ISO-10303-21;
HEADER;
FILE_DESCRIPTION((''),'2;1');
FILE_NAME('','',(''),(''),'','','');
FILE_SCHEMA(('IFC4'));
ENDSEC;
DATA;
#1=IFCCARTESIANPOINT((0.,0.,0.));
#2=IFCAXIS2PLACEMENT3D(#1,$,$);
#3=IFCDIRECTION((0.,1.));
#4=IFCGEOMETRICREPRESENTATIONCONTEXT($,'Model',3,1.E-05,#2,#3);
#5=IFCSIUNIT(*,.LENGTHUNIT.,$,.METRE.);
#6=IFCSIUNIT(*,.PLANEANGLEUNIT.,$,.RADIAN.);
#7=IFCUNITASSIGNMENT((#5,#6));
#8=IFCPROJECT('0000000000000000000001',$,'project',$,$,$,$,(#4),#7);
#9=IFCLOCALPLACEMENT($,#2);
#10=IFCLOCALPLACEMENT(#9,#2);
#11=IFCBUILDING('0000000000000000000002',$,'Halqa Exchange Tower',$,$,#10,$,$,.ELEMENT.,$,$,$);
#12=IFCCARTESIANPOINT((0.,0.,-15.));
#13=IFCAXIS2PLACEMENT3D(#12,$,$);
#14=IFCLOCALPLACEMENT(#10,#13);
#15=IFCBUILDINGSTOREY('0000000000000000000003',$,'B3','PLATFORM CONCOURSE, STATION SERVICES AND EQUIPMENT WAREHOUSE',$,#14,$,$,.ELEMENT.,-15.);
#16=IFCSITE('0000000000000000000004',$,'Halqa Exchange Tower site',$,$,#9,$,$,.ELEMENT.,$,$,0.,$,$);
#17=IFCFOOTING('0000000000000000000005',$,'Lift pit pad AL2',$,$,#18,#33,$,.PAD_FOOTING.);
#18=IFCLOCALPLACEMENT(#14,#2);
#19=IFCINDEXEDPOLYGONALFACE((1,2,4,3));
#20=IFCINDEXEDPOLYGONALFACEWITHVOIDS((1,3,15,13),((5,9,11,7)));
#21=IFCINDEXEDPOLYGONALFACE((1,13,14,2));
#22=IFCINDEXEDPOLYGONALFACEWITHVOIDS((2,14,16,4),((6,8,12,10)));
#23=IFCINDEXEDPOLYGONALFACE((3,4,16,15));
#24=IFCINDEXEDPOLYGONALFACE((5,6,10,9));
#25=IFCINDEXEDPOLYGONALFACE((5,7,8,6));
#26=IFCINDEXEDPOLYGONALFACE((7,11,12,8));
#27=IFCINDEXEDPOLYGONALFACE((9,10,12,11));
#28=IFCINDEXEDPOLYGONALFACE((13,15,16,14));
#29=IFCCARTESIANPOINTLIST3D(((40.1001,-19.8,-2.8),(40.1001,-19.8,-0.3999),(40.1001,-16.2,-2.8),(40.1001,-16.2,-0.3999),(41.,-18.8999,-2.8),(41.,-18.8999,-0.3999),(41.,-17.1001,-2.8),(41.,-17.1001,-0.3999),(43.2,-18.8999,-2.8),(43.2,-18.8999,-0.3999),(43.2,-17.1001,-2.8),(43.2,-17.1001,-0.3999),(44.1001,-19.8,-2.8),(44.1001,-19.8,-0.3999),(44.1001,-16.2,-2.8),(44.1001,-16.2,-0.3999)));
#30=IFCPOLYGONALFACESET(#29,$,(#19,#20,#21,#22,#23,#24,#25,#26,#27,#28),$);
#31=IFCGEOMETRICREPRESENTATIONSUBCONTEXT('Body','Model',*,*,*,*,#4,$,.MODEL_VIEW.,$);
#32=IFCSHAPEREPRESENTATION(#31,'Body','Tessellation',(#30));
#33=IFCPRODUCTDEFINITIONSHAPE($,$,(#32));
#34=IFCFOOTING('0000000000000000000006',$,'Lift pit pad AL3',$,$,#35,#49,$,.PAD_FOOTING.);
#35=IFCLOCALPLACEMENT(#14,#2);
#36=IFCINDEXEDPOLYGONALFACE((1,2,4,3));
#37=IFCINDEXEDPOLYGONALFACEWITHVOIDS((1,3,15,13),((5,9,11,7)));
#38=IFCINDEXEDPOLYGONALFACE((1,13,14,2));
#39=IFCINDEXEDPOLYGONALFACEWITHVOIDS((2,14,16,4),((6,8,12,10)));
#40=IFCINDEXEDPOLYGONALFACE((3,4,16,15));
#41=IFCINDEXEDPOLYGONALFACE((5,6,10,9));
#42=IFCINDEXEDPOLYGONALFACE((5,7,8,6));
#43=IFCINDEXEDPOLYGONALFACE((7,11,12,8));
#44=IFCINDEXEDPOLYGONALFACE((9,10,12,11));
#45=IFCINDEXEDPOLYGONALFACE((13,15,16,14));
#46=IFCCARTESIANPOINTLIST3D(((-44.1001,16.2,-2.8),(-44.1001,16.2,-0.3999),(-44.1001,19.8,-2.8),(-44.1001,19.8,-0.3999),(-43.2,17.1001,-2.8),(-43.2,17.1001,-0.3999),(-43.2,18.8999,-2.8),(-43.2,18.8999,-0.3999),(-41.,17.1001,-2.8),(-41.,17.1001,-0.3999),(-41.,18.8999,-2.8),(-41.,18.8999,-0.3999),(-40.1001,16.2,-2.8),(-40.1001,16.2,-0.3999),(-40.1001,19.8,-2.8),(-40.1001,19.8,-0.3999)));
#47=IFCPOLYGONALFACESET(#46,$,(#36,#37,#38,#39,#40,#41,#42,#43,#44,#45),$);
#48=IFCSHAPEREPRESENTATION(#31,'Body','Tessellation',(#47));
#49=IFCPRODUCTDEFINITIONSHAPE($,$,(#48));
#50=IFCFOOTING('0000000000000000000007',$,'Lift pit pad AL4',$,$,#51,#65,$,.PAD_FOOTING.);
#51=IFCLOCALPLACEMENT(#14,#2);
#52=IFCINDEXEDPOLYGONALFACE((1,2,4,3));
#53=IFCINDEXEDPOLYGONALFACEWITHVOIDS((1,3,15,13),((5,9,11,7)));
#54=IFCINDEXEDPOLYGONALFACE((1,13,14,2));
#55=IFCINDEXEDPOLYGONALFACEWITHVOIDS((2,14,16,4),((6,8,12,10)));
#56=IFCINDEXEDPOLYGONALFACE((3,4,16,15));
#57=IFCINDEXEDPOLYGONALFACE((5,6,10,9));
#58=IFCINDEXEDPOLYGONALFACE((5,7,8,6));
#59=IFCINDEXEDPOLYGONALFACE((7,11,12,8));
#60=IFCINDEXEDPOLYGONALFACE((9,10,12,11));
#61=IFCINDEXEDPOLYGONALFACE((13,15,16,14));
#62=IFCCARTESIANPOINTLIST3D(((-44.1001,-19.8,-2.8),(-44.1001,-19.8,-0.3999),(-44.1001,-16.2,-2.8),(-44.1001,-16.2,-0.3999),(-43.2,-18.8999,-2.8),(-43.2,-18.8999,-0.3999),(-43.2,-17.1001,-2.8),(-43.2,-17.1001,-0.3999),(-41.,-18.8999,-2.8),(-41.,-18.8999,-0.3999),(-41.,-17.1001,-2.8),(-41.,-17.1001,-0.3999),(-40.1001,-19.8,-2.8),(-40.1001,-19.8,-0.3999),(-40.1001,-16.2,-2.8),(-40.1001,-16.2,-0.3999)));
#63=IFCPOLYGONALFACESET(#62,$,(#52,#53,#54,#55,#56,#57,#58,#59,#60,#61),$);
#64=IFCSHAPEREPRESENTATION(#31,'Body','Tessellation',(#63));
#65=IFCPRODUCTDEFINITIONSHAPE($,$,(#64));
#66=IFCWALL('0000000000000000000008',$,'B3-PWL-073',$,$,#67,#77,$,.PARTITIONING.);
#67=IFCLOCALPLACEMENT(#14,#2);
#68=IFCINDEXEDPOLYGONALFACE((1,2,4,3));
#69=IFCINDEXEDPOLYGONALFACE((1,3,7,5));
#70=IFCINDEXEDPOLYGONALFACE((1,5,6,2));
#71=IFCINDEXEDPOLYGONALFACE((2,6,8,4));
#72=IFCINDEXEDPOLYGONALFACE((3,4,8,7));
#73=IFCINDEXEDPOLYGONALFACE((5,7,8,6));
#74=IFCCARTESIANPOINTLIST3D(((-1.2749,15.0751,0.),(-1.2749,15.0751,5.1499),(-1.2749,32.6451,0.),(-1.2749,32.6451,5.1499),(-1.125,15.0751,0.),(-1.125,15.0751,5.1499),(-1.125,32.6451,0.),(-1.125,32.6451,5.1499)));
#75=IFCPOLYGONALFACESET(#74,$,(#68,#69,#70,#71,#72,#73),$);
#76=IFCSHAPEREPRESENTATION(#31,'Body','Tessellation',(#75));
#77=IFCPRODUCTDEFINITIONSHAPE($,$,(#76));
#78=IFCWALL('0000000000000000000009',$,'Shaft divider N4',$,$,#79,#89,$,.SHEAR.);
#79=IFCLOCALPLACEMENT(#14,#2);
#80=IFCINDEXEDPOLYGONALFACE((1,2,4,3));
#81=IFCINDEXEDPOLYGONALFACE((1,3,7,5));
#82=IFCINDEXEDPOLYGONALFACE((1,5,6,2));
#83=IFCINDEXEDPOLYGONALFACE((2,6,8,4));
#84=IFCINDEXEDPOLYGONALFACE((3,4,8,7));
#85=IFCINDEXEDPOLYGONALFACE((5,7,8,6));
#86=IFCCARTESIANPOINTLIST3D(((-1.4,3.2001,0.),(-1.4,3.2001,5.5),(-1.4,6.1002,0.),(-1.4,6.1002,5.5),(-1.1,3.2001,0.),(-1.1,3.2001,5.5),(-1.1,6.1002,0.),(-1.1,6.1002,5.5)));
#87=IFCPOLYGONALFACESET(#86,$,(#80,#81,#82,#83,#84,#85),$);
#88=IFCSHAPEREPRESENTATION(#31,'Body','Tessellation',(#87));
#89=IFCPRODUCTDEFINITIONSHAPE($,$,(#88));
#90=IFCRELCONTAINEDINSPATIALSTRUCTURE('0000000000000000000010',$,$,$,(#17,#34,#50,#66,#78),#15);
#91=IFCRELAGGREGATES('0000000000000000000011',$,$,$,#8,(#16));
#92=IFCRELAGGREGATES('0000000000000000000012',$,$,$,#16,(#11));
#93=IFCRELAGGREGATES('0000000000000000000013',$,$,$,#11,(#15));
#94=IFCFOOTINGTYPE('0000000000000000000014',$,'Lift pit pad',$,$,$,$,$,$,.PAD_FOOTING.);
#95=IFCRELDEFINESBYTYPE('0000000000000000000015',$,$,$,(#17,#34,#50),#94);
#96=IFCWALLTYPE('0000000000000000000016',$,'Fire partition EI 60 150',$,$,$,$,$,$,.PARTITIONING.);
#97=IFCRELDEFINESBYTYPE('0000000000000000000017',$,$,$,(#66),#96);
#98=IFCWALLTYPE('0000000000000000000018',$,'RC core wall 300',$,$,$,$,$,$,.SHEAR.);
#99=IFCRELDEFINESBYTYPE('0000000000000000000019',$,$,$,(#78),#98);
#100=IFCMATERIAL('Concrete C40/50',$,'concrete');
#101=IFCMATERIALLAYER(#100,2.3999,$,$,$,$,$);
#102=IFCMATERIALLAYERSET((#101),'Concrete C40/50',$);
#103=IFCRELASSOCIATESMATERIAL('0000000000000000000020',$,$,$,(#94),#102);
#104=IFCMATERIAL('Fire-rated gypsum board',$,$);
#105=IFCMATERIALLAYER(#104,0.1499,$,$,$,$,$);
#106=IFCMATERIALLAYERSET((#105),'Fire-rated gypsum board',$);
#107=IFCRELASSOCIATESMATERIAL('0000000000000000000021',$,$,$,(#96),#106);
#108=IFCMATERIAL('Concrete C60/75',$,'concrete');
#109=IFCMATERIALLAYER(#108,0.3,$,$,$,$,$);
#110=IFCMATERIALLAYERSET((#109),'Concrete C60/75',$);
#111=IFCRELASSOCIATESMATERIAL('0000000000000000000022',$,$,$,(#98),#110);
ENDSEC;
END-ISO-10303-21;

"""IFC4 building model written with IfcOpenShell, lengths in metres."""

from ifc_helpers import new_model, si_unit, direction, frame, frame_2d, origin, place, context, subcontext, project, spatial, polyline, rectangle, outline, extrude, material, layer, layer_set, type_object, element, save


model = new_model("IFC4")

# Units and contexts
model_context = context("Model", 3, precision=1e-05, world=origin(), true_north=direction((0.0, 1.0)))
body_context = subcontext(model_context, "Body", "Model", "MODEL_VIEW")
ifc_project = project(units=[si_unit("LENGTHUNIT", "METRE"), si_unit("PLANEANGLEUNIT", "RADIAN")], contexts=[model_context])

# Site, building, storey
site_placement = place(None, origin())
site = spatial("IfcSite", under=ifc_project, at=site_placement, Name="Halqa Exchange Tower site", CompositionType="ELEMENT", RefElevation=0.0)
building_placement = place(site_placement, origin())
building = spatial("IfcBuilding", under=site, at=building_placement, Name="Halqa Exchange Tower", CompositionType="ELEMENT")
storey_placement = place(building_placement, frame((0.0, 0.0, -15.0)))
storey = spatial("IfcBuildingStorey", under=building, at=storey_placement, Name="B3", Description="PLATFORM CONCOURSE, STATION SERVICES AND EQUIPMENT WAREHOUSE", CompositionType="ELEMENT", Elevation=-15.0)

# Footings
ifc_material_1 = material(Name="Concrete C40/50", Category="concrete")
ifc_layer_1 = layer(ifc_material_1, 2.3999)
ifc_layer_set_1 = layer_set([ifc_layer_1], Name="Concrete C40/50")
footing_type_1 = type_object("IfcFootingType", Name="Lift pit pad", PredefinedType="PAD_FOOTING", material=ifc_layer_set_1)
footing_1_placement = place(storey_placement, frame((0.0, 0.0, -2.8)))
element("IfcFooting", 1, at=footing_1_placement, inside=storey, type_object=footing_type_1, Name="Lift pit pad AL2", PredefinedType="PAD_FOOTING", context=body_context, shape_type="SweptSolid", body=[
    extrude(outline(polyline([(40.1001, -19.8), (44.1001, -19.8), (44.1001, -16.2), (40.1001, -16.2), (40.1001, -19.8)]), holes=[polyline([(41.0, -18.8999), (43.2, -18.8999), (43.2, -17.1001), (41.0, -17.1001), (41.0, -18.8999)])]), origin(), (0.0, 0.0, 1.0), 2.4001),
])
footing_2_placement = place(storey_placement, frame((0.0, 0.0, -2.8)))
element("IfcFooting", 2, at=footing_2_placement, inside=storey, type_object=footing_type_1, Name="Lift pit pad AL3", PredefinedType="PAD_FOOTING", context=body_context, shape_type="SweptSolid", body=[
    extrude(outline(polyline([(-44.1001, 16.2), (-40.1001, 16.2), (-40.1001, 19.8), (-44.1001, 19.8), (-44.1001, 16.2)]), holes=[polyline([(-43.2, 17.1001), (-41.0, 17.1001), (-41.0, 18.8999), (-43.2, 18.8999), (-43.2, 17.1001)])]), origin(), (0.0, 0.0, 1.0), 2.4001),
])
footing_3_placement = place(storey_placement, frame((0.0, 0.0, -2.8)))
element("IfcFooting", 3, at=footing_3_placement, inside=storey, type_object=footing_type_1, Name="Lift pit pad AL4", PredefinedType="PAD_FOOTING", context=body_context, shape_type="SweptSolid", body=[
    extrude(outline(polyline([(-44.1001, -19.8), (-40.1001, -19.8), (-40.1001, -16.2), (-44.1001, -16.2), (-44.1001, -19.8)]), holes=[polyline([(-43.2, -18.8999), (-41.0, -18.8999), (-41.0, -17.1001), (-43.2, -17.1001), (-43.2, -18.8999)])]), origin(), (0.0, 0.0, 1.0), 2.4001),
])

# Walls
ifc_material_2 = material(Name="Fire-rated gypsum board")
ifc_layer_2 = layer(ifc_material_2, 0.1499)
ifc_layer_set_2 = layer_set([ifc_layer_2], Name="Fire-rated gypsum board")
wall_type_1 = type_object("IfcWallType", Name="Fire partition EI 60 150", PredefinedType="PARTITIONING", material=ifc_layer_set_2)
wall_1_placement = place(storey_placement, frame((-1.2, 15.075, 0.0), z_axis=(0.0, 0.0, 1.0), x_axis=(0.0, 1.0, 0.0)))
element("IfcWall", 4, at=wall_1_placement, inside=storey, type_object=wall_type_1, Name="B3-PWL-073", PredefinedType="PARTITIONING", context=body_context, shape_type="SweptSolid", body=[
    extrude(rectangle(XDim=17.5701, YDim=0.1499, at=frame_2d((8.7852, 0.0))), origin(), (0.0, 0.0, 1.0), 5.1499),
])
ifc_material_3 = material(Name="Concrete C60/75", Category="concrete")
ifc_layer_3 = layer(ifc_material_3, 0.3)
ifc_layer_set_3 = layer_set([ifc_layer_3], Name="Concrete C60/75")
wall_type_2 = type_object("IfcWallType", Name="RC core wall 300", PredefinedType="SHEAR", material=ifc_layer_set_3)
wall_2_placement = place(storey_placement, frame((-1.25, 3.2, 0.0), z_axis=(0.0, 0.0, 1.0), x_axis=(0.0, 1.0, 0.0)))
element("IfcWall", 5, at=wall_2_placement, inside=storey, type_object=wall_type_2, Name="Shaft divider N4", PredefinedType="SHEAR", context=body_context, shape_type="SweptSolid", body=[
    extrude(rectangle(XDim=2.9001, YDim=0.3, at=frame_2d((1.4502, 0.0))), origin(), (0.0, 0.0, 1.0), 5.5),
])

save(model, "model.ifc")
